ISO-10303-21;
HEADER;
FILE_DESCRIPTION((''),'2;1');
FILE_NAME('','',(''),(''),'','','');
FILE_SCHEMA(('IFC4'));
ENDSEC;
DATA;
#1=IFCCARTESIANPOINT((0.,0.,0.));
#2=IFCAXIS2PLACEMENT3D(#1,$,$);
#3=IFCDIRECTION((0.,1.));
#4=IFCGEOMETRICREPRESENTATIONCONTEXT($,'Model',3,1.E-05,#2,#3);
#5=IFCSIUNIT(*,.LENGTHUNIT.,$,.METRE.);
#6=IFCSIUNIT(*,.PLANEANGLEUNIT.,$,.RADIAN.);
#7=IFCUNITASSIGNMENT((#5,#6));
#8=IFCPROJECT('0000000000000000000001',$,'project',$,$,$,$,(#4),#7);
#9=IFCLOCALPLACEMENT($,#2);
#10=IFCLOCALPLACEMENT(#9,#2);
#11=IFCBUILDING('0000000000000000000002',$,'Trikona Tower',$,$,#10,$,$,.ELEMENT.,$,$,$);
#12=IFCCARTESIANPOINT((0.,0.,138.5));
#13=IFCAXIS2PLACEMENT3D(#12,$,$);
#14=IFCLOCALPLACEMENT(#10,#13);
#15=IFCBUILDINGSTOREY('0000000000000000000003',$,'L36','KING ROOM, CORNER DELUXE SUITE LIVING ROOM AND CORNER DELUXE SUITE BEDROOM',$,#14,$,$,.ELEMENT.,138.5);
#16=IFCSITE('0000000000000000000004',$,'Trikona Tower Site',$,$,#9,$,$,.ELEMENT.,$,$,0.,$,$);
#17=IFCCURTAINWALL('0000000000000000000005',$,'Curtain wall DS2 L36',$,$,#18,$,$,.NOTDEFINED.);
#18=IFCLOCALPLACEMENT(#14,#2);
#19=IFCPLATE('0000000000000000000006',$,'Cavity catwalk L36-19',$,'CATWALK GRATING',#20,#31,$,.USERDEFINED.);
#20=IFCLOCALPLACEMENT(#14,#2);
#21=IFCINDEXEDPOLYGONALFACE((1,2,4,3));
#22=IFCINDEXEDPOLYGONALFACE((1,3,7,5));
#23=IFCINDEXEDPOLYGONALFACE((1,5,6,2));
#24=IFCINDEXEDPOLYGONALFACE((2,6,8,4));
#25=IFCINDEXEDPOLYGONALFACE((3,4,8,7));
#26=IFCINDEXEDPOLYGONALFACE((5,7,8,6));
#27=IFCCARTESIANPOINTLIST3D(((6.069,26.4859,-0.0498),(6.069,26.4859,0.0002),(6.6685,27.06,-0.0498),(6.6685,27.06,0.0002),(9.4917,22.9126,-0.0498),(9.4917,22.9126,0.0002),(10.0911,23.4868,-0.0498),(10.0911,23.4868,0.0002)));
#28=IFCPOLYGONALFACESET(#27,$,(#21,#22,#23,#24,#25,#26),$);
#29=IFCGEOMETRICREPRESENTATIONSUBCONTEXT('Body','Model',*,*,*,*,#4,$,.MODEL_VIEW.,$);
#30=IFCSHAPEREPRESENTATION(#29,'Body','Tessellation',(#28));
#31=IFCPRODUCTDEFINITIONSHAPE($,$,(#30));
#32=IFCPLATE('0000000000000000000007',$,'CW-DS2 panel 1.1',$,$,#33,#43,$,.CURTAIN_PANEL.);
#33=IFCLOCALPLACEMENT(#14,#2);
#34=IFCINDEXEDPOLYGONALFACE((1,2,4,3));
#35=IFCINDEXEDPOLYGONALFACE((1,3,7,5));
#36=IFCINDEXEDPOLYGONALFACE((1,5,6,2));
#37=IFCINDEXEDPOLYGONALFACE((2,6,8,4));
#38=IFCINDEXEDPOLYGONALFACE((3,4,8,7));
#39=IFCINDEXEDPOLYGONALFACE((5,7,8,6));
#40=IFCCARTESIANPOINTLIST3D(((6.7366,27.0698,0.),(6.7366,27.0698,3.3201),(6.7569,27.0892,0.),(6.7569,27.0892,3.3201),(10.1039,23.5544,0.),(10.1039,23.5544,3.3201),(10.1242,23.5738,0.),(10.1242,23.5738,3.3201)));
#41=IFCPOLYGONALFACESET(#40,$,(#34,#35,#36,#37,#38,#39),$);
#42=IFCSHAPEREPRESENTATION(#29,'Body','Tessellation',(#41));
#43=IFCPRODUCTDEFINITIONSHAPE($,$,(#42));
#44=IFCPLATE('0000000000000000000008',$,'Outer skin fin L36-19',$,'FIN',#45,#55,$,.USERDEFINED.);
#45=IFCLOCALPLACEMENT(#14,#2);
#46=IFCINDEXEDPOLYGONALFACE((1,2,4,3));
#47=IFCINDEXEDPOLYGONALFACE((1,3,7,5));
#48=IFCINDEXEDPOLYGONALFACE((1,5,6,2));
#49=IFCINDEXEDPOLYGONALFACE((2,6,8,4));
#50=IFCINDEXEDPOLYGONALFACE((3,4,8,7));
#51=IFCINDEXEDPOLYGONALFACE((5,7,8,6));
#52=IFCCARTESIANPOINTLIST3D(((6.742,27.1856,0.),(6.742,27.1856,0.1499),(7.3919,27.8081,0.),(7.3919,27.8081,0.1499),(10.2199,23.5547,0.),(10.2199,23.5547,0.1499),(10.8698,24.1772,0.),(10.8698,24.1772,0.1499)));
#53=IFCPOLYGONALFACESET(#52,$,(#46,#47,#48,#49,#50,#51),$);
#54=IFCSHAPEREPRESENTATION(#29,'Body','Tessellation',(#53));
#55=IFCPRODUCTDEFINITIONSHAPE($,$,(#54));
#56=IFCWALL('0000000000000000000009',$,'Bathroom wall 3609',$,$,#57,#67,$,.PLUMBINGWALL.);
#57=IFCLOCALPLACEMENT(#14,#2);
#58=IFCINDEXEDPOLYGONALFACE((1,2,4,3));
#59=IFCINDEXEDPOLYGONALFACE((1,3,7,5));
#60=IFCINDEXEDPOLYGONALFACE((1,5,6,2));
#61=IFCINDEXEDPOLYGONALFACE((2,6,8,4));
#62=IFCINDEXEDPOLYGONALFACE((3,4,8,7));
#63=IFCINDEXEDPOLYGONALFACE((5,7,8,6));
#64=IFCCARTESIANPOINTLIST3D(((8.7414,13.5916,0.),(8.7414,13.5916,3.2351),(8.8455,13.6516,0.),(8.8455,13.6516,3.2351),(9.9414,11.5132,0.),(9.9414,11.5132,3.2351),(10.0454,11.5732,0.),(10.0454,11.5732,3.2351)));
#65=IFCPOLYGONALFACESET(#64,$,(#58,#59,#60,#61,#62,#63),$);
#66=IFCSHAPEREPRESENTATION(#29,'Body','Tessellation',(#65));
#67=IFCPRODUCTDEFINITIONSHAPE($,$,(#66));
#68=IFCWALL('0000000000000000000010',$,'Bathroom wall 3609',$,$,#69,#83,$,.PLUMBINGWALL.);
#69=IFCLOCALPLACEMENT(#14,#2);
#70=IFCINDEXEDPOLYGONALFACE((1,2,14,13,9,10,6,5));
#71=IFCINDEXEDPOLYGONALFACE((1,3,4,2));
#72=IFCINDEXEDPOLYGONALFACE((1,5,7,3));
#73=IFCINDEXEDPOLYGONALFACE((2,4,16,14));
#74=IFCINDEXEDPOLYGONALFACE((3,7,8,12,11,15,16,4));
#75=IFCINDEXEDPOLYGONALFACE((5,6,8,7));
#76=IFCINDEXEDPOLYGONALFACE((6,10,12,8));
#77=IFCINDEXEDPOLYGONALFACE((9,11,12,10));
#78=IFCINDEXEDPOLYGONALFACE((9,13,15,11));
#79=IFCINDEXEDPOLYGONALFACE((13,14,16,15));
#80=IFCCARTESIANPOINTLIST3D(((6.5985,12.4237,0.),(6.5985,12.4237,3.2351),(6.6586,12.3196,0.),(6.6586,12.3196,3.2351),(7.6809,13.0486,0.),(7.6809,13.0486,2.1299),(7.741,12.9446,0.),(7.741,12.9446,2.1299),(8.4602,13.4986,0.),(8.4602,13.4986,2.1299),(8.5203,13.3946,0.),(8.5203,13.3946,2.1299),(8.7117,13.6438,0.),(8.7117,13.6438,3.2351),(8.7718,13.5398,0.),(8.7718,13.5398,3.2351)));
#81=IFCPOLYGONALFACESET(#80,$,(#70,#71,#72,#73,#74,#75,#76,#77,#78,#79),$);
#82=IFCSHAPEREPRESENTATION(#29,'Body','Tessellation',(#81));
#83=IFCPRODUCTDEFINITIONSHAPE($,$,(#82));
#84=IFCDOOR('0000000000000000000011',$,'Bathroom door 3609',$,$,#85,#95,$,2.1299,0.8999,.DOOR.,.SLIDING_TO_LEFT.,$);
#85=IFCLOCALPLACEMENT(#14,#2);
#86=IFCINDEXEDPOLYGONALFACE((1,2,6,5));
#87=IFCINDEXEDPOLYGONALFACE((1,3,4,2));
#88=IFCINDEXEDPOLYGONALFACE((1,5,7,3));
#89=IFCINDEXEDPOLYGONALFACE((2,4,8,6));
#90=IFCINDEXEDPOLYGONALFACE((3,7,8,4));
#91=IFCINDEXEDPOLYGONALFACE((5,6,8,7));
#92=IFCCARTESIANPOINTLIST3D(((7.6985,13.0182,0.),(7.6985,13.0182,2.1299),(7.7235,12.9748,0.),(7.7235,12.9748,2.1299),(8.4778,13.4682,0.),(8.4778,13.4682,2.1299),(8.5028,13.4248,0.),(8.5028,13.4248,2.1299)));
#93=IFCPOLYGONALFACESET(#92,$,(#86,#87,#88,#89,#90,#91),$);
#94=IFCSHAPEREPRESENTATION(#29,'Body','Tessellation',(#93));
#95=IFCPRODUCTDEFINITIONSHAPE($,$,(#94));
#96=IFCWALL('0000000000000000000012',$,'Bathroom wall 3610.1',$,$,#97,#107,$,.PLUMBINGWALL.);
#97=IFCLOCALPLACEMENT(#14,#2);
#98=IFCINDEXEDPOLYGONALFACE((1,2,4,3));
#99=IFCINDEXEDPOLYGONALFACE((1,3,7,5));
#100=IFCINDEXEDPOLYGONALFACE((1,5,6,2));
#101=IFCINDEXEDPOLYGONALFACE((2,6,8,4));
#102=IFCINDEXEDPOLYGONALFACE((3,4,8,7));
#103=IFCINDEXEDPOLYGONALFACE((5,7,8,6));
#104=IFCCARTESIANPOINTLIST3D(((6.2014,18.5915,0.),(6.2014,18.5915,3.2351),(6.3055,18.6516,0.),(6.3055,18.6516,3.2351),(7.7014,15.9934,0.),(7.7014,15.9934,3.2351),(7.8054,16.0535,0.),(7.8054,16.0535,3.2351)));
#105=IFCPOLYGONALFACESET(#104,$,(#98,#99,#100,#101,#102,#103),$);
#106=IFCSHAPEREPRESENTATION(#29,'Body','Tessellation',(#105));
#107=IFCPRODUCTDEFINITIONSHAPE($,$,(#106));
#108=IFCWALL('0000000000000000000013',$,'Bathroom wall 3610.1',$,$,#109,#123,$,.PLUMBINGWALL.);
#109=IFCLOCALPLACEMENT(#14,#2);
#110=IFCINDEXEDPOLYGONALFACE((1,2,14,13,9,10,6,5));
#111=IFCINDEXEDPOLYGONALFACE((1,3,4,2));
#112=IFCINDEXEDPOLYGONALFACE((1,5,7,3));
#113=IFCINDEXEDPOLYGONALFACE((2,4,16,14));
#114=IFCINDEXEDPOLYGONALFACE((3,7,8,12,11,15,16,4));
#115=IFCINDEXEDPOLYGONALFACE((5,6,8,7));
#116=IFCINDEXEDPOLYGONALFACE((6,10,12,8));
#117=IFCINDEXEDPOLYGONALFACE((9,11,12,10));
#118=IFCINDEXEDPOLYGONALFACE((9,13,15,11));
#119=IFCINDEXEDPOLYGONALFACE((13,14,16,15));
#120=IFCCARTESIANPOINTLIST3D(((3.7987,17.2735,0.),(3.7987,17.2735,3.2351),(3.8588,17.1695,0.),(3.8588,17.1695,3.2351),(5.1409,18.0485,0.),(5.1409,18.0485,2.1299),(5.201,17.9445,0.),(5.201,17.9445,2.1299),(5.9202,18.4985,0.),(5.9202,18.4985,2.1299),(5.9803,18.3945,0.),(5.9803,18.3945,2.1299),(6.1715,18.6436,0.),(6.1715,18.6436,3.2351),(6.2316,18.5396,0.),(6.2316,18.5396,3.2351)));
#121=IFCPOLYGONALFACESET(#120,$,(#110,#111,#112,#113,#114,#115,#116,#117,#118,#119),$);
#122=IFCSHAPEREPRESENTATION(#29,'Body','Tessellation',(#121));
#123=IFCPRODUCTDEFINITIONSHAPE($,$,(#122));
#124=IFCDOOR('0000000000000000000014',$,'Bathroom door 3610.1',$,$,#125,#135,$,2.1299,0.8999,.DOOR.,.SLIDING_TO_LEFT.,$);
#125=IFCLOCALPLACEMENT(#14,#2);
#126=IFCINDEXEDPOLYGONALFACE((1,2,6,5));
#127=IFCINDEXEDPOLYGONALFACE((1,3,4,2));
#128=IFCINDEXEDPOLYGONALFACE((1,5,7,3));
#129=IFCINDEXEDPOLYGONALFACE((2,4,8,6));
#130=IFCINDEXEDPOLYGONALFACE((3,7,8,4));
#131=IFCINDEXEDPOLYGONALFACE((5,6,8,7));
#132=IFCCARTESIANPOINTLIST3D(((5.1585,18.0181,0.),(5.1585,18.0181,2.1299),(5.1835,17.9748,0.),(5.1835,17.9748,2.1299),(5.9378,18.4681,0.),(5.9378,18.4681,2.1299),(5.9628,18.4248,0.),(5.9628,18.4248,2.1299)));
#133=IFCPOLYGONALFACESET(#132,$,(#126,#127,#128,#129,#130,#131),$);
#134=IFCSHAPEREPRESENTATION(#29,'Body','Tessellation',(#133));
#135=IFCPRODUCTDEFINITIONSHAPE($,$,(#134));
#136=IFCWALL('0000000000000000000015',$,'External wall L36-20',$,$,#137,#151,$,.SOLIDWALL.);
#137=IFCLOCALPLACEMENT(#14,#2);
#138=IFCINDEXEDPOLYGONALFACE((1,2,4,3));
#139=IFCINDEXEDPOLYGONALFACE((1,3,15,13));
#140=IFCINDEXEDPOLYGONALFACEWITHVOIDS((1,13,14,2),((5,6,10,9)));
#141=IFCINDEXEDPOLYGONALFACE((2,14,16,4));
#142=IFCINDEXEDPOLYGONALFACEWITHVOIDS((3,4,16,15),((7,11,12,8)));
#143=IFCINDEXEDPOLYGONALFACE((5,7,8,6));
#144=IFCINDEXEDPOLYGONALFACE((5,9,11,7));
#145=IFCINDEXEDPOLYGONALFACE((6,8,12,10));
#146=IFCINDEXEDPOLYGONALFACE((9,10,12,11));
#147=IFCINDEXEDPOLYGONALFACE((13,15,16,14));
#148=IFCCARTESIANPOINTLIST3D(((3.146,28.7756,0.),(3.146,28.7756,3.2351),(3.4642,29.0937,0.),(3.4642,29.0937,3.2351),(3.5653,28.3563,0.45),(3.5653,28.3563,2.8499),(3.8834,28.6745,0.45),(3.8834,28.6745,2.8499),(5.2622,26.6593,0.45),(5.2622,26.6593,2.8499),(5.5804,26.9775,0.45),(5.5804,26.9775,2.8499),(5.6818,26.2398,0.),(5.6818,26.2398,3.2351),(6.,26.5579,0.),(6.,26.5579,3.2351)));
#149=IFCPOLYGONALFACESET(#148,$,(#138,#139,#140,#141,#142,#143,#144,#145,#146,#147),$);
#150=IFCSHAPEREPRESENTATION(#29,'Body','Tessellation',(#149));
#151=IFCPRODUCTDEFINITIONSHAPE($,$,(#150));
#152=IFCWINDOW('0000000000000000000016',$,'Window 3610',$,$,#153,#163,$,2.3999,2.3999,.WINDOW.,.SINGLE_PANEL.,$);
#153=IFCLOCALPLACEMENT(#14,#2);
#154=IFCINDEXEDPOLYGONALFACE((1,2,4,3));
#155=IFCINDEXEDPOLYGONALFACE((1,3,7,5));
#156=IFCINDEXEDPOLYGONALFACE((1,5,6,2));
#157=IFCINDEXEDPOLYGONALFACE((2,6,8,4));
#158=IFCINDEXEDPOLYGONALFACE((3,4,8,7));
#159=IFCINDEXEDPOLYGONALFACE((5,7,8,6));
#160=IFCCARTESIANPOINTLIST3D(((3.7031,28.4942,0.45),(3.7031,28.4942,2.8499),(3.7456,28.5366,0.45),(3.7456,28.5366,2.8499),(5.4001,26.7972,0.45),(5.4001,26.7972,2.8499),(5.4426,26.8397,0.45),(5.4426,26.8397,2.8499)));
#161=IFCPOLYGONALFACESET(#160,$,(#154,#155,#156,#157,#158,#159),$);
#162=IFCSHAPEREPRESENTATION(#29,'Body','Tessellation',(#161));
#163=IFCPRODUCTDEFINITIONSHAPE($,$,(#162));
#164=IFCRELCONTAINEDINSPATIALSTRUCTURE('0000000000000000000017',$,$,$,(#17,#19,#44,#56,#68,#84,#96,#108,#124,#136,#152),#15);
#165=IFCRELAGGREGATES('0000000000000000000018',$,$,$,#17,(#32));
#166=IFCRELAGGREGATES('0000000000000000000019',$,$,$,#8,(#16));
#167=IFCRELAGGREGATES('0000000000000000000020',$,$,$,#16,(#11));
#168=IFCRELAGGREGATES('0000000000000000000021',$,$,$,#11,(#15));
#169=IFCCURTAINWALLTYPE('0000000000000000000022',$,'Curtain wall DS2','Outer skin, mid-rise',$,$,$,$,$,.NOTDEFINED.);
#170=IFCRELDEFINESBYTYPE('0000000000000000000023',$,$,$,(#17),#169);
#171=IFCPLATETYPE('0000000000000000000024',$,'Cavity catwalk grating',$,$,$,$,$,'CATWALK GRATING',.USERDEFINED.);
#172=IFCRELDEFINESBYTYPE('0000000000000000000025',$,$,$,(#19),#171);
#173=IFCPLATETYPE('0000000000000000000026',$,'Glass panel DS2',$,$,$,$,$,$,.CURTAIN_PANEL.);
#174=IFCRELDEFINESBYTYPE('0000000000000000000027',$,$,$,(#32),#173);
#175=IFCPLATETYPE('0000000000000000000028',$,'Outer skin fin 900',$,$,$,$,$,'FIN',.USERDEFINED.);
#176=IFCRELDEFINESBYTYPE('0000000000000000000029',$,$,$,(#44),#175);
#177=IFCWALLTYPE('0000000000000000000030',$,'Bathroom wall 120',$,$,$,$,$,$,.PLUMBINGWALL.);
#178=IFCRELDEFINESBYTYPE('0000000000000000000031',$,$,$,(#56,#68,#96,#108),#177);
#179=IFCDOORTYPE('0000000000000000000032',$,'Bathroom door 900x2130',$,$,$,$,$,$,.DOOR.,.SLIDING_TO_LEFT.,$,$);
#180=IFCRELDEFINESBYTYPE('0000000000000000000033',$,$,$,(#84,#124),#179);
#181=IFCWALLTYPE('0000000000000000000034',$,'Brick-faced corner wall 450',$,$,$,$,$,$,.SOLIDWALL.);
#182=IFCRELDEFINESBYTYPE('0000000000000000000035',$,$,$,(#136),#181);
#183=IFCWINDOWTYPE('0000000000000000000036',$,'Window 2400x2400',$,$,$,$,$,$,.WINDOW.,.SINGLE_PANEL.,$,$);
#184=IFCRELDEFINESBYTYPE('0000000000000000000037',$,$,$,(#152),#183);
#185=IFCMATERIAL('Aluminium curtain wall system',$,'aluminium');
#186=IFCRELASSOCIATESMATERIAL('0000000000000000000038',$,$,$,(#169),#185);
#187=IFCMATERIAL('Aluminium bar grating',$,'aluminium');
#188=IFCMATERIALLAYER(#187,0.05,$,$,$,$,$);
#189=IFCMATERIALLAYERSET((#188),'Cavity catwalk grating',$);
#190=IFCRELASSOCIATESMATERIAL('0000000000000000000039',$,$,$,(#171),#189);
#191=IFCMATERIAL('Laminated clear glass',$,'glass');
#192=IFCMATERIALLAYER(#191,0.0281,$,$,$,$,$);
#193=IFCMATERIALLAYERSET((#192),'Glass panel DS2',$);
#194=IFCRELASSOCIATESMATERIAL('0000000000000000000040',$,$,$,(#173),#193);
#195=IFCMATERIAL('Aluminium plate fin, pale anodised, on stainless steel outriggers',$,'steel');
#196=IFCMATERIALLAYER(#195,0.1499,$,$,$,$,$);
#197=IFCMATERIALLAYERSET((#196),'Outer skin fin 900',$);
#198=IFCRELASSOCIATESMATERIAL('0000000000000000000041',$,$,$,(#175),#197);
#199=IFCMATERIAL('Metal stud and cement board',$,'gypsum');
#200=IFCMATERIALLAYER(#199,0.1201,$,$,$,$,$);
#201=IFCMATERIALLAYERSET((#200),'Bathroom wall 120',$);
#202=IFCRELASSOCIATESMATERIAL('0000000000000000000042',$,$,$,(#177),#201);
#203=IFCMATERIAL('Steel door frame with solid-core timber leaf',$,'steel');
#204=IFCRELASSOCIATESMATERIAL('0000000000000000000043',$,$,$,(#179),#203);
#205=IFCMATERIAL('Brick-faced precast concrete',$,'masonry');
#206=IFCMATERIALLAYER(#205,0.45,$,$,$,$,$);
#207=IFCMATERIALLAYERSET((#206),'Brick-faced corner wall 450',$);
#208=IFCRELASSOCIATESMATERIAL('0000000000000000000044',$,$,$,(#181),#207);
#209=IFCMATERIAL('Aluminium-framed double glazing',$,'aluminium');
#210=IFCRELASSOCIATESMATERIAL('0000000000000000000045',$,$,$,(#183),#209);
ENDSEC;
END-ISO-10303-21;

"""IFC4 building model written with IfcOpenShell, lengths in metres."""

from ifc_helpers import new_model, si_unit, direction, frame, frame_2d, origin, origin_2d, place, context, subcontext, project, spatial, rectangle, extrude, material, layer, layer_set, type_object, element, fill, aggregate, save


model = new_model("IFC4")

# Units and contexts
model_context = context("Model", 3, precision=1e-05, world=origin(), true_north=direction((0.0, 1.0)))
body_context = subcontext(model_context, "Body", "Model", "MODEL_VIEW")
ifc_project = project(units=[si_unit("LENGTHUNIT", "METRE"), si_unit("PLANEANGLEUNIT", "RADIAN")], contexts=[model_context])

# Site, building, storey
site_placement = place(None, origin())
site = spatial("IfcSite", under=ifc_project, at=site_placement, Name="Trikona Tower Site", CompositionType="ELEMENT", RefElevation=0.0)
building_placement = place(site_placement, origin())
building = spatial("IfcBuilding", under=site, at=building_placement, Name="Trikona Tower", CompositionType="ELEMENT")
storey_placement = place(building_placement, frame((0.0, 0.0, 138.5)))
storey = spatial("IfcBuildingStorey", under=building, at=storey_placement, Name="L36", Description="KING ROOM, CORNER DELUXE SUITE LIVING ROOM AND CORNER DELUXE SUITE BEDROOM", CompositionType="ELEMENT", Elevation=138.5)

# Curtain wall
ifc_material_1 = material(Name="Aluminium curtain wall system", Category="aluminium")
curtain_wall_type = type_object("IfcCurtainWallType", Name="Curtain wall DS2", Description="Outer skin, mid-rise", PredefinedType="NOTDEFINED", material=ifc_material_1)
curtain_wall_placement = place(storey_placement, origin())
curtain_wall = element("IfcCurtainWall", 1, at=curtain_wall_placement, inside=storey, type_object=curtain_wall_type, Name="Curtain wall DS2 L36", PredefinedType="NOTDEFINED")

# Plates
ifc_material_2 = material(Name="Aluminium bar grating", Category="aluminium")
ifc_layer_1 = layer(ifc_material_2, 0.05)
ifc_layer_set_1 = layer_set([ifc_layer_1], Name="Cavity catwalk grating")
plate_type_1 = type_object("IfcPlateType", Name="Cavity catwalk grating", ElementType="CATWALK GRATING", PredefinedType="USERDEFINED", material=ifc_layer_set_1)
plate_1_placement = place(storey_placement, frame((8.0801, 24.9863, -0.0498), z_axis=(0.0, 0.0, 1.0), x_axis=(-0.691724, 0.722162, 0.0)))
element("IfcPlate", 2, at=plate_1_placement, inside=storey, type_object=plate_type_1, Name="Cavity catwalk L36-19", ObjectType="CATWALK GRATING", PredefinedType="USERDEFINED", context=body_context, shape_type="SweptSolid", body=[
    extrude(rectangle(XDim=4.948, YDim=0.8301, at=origin_2d()), origin(), (0.0, 0.0, 1.0), 0.05),
])
ifc_material_3 = material(Name="Laminated clear glass", Category="glass")
ifc_layer_2 = layer(ifc_material_3, 0.0281)
ifc_layer_set_2 = layer_set([ifc_layer_2], Name="Glass panel DS2")
plate_type_2 = type_object("IfcPlateType", Name="Glass panel DS2", PredefinedType="CURTAIN_PANEL", material=ifc_layer_set_2)
plate_2_placement = place(storey_placement, frame((8.4304, 25.3218, 0.0), z_axis=(0.0, 0.0, 1.0), x_axis=(-0.691728, 0.722158, 0.0)))
plate_2 = element("IfcPlate", 3, at=plate_2_placement, type_object=plate_type_2, Name="CW-DS2 panel 1.1", PredefinedType="CURTAIN_PANEL", context=body_context, shape_type="SweptSolid", body=[
    extrude(rectangle(XDim=4.8679, YDim=0.0281, at=origin_2d()), origin(), (0.0, 0.0, 1.0), 3.3201),
])
aggregate(curtain_wall, [plate_2])
ifc_material_4 = material(Name="Aluminium plate fin, pale anodised, on stainless steel outriggers", Category="steel")
ifc_layer_3 = layer(ifc_material_4, 0.1499)
ifc_layer_set_3 = layer_set([ifc_layer_3], Name="Outer skin fin 900")
plate_type_3 = type_object("IfcPlateType", Name="Outer skin fin 900", ElementType="FIN", PredefinedType="USERDEFINED", material=ifc_layer_set_3)
plate_3_placement = place(storey_placement, frame((8.8059, 25.6814, 0.0), z_axis=(0.0, 0.0, 1.0), x_axis=(-0.691724, 0.722162, 0.0)))
element("IfcPlate", 4, at=plate_3_placement, inside=storey, type_object=plate_type_3, Name="Outer skin fin L36-19", ObjectType="FIN", PredefinedType="USERDEFINED", context=body_context, shape_type="SweptSolid", body=[
    extrude(rectangle(XDim=5.0278, YDim=0.8999, at=origin_2d()), origin(), (0.0, 0.0, 1.0), 0.1499),
])

# Wall
ifc_material_5 = material(Name="Metal stud and cement board", Category="gypsum")
ifc_layer_4 = layer(ifc_material_5, 0.1201)
ifc_layer_set_4 = layer_set([ifc_layer_4], Name="Bathroom wall 120")
wall_type_1 = type_object("IfcWallType", Name="Bathroom wall 120", PredefinedType="PLUMBINGWALL", material=ifc_layer_set_4)
wall_1_placement = place(storey_placement, frame((9.9934, 11.5432, 0.0), z_axis=(0.0, 0.0, 1.0), x_axis=(-0.500001, 0.866025, 0.0)))
element("IfcWall", 5, at=wall_1_placement, inside=storey, type_object=wall_type_1, Name="Bathroom wall 3609", PredefinedType="PLUMBINGWALL", context=body_context, shape_type="SweptSolid", body=[
    extrude(rectangle(XDim=2.3999, YDim=0.1201, at=frame_2d((1.2, 0.0))), origin(), (0.0, 0.0, 1.0), 3.2351),
])

# Wall, opening, door
wall_2_placement = place(storey_placement, frame((6.6284, 12.3716, 0.0), z_axis=(0.0, 0.0, 1.0), x_axis=(0.866006, 0.500034, 0.0)))
wall_2 = element("IfcWall", 6, at=wall_2_placement, inside=storey, type_object=wall_type_1, Name="Bathroom wall 3609", PredefinedType="PLUMBINGWALL", context=body_context, shape_type="SweptSolid", body=[
    extrude(rectangle(XDim=2.4402, YDim=0.1201, at=frame_2d((1.2202, 0.0))), origin(), (0.0, 0.0, 1.0), 3.2351),
])
opening_1_placement = place(wall_2_placement, frame((1.25, 0.0, 0.0)))
opening_1 = element("IfcOpeningElement", 7, at=opening_1_placement, cuts=wall_2, PredefinedType="OPENING", context=body_context, shape_type="SweptSolid", body=[
    extrude(rectangle(XDim=0.8999, YDim=2.1299, at=frame_2d((0.45, 1.0649))), frame((0.0, 0.0701, 0.0), z_axis=(0.0, -1.0, 0.0), x_axis=(1.0, 0.0, 0.0)), (0.0, 0.0, 1.0), 0.1401),
])
ifc_material_6 = material(Name="Steel door frame with solid-core timber leaf", Category="steel")
door_type_1 = type_object("IfcDoorType", Name="Bathroom door 900x2130", OperationType="SLIDING_TO_LEFT", PredefinedType="DOOR", material=ifc_material_6)
door_1_placement = place(opening_1_placement, origin())
door_1 = element("IfcDoor", 8, at=door_1_placement, inside=storey, type_object=door_type_1, Name="Bathroom door 3609", OperationType="SLIDING_TO_LEFT", OverallHeight=2.1299, OverallWidth=0.8999, PredefinedType="DOOR", context=body_context, shape_type="SweptSolid", body=[
    extrude(rectangle(XDim=0.8999, YDim=2.1299, at=frame_2d((0.45, 1.0649))), frame((0.0, 0.0249, 0.0), z_axis=(0.0, -1.0, 0.0), x_axis=(1.0, 0.0, 0.0)), (0.0, 0.0, 1.0), 0.05),
])
fill(opening_1, door_1)

# Wall
wall_3_placement = place(storey_placement, frame((7.7534, 16.0234, 0.0), z_axis=(0.0, 0.0, 1.0), x_axis=(-0.49999, 0.866031, 0.0)))
element("IfcWall", 9, at=wall_3_placement, inside=storey, type_object=wall_type_1, Name="Bathroom wall 3610.1", PredefinedType="PLUMBINGWALL", context=body_context, shape_type="SweptSolid", body=[
    extrude(rectangle(XDim=3.0, YDim=0.1201, at=frame_2d((1.5, 0.0))), origin(), (0.0, 0.0, 1.0), 3.2351),
])

# Wall, opening, door
wall_4_placement = place(storey_placement, frame((3.8286, 17.2214, 0.0), z_axis=(0.0, 0.0, 1.0), x_axis=(0.865997, 0.500049, 0.0)))
wall_4 = element("IfcWall", 10, at=wall_4_placement, inside=storey, type_object=wall_type_1, Name="Bathroom wall 3610.1", PredefinedType="PLUMBINGWALL", context=body_context, shape_type="SweptSolid", body=[
    extrude(rectangle(XDim=2.74, YDim=0.1201, at=frame_2d((1.3701, 0.0))), origin(), (0.0, 0.0, 1.0), 3.2351),
])
opening_2_placement = place(wall_4_placement, frame((1.55, 0.0, 0.0)))
opening_2 = element("IfcOpeningElement", 11, at=opening_2_placement, cuts=wall_4, PredefinedType="OPENING", context=body_context, shape_type="SweptSolid", body=[
    extrude(rectangle(XDim=0.8999, YDim=2.1299, at=frame_2d((0.45, 1.0649))), frame((0.0, 0.0701, 0.0), z_axis=(0.0, -1.0, 0.0), x_axis=(1.0, 0.0, 0.0)), (0.0, 0.0, 1.0), 0.1401),
])
door_2_placement = place(opening_2_placement, origin())
door_2 = element("IfcDoor", 12, at=door_2_placement, inside=storey, type_object=door_type_1, Name="Bathroom door 3610.1", OperationType="SLIDING_TO_LEFT", OverallHeight=2.1299, OverallWidth=0.8999, PredefinedType="DOOR", context=body_context, shape_type="SweptSolid", body=[
    extrude(rectangle(XDim=0.8999, YDim=2.1299, at=frame_2d((0.45, 1.0649))), frame((0.0, 0.0249, 0.0), z_axis=(0.0, -1.0, 0.0), x_axis=(1.0, 0.0, 0.0)), (0.0, 0.0, 1.0), 0.05),
])
fill(opening_2, door_2)

# Wall, opening, window
ifc_material_7 = material(Name="Brick-faced precast concrete", Category="masonry")
ifc_layer_5 = layer(ifc_material_7, 0.45)
ifc_layer_set_5 = layer_set([ifc_layer_5], Name="Brick-faced corner wall 450")
wall_type_2 = type_object("IfcWallType", Name="Brick-faced corner wall 450", PredefinedType="SOLIDWALL", material=ifc_layer_set_5)
wall_5_placement = place(storey_placement, frame((5.8408, 26.3989, 0.0), z_axis=(0.0, 0.0, 1.0), x_axis=(-0.707107, 0.707107, 0.0)))
wall_5 = element("IfcWall", 13, at=wall_5_placement, inside=storey, type_object=wall_type_2, Name="External wall L36-20", PredefinedType="SOLIDWALL", context=body_context, shape_type="SweptSolid", body=[
    extrude(rectangle(XDim=3.5862, YDim=0.45, at=frame_2d((1.793, 0.0))), origin(), (0.0, 0.0, 1.0), 3.2351),
])
opening_3_placement = place(wall_5_placement, frame((0.5933, 0.0, 0.45)))
opening_3 = element("IfcOpeningElement", 14, at=opening_3_placement, cuts=wall_5, PredefinedType="OPENING", context=body_context, shape_type="SweptSolid", body=[
    extrude(rectangle(XDim=2.3999, YDim=2.3999, at=frame_2d((1.2, 1.2))), frame((0.0, 0.2349, 0.0), z_axis=(0.0, -1.0, 0.0), x_axis=(1.0, 0.0, 0.0)), (0.0, 0.0, 1.0), 0.47),
])
ifc_material_8 = material(Name="Aluminium-framed double glazing", Category="aluminium")
window_type_1 = type_object("IfcWindowType", Name="Window 2400x2400", PartitioningType="SINGLE_PANEL", PredefinedType="WINDOW", material=ifc_material_8)
window_1_placement = place(opening_3_placement, origin())
window_1 = element("IfcWindow", 15, at=window_1_placement, inside=storey, type_object=window_type_1, Name="Window 3610", OverallHeight=2.3999, OverallWidth=2.3999, PartitioningType="SINGLE_PANEL", PredefinedType="WINDOW", context=body_context, shape_type="SweptSolid", body=[
    extrude(rectangle(XDim=2.3999, YDim=2.3999, at=frame_2d((1.2, 1.2))), frame((0.0, 0.03, 0.0), z_axis=(0.0, -1.0, 0.0), x_axis=(1.0, 0.0, 0.0)), (0.0, 0.0, 1.0), 0.0601),
])
fill(opening_3, window_1)

save(model, "model.ifc")
